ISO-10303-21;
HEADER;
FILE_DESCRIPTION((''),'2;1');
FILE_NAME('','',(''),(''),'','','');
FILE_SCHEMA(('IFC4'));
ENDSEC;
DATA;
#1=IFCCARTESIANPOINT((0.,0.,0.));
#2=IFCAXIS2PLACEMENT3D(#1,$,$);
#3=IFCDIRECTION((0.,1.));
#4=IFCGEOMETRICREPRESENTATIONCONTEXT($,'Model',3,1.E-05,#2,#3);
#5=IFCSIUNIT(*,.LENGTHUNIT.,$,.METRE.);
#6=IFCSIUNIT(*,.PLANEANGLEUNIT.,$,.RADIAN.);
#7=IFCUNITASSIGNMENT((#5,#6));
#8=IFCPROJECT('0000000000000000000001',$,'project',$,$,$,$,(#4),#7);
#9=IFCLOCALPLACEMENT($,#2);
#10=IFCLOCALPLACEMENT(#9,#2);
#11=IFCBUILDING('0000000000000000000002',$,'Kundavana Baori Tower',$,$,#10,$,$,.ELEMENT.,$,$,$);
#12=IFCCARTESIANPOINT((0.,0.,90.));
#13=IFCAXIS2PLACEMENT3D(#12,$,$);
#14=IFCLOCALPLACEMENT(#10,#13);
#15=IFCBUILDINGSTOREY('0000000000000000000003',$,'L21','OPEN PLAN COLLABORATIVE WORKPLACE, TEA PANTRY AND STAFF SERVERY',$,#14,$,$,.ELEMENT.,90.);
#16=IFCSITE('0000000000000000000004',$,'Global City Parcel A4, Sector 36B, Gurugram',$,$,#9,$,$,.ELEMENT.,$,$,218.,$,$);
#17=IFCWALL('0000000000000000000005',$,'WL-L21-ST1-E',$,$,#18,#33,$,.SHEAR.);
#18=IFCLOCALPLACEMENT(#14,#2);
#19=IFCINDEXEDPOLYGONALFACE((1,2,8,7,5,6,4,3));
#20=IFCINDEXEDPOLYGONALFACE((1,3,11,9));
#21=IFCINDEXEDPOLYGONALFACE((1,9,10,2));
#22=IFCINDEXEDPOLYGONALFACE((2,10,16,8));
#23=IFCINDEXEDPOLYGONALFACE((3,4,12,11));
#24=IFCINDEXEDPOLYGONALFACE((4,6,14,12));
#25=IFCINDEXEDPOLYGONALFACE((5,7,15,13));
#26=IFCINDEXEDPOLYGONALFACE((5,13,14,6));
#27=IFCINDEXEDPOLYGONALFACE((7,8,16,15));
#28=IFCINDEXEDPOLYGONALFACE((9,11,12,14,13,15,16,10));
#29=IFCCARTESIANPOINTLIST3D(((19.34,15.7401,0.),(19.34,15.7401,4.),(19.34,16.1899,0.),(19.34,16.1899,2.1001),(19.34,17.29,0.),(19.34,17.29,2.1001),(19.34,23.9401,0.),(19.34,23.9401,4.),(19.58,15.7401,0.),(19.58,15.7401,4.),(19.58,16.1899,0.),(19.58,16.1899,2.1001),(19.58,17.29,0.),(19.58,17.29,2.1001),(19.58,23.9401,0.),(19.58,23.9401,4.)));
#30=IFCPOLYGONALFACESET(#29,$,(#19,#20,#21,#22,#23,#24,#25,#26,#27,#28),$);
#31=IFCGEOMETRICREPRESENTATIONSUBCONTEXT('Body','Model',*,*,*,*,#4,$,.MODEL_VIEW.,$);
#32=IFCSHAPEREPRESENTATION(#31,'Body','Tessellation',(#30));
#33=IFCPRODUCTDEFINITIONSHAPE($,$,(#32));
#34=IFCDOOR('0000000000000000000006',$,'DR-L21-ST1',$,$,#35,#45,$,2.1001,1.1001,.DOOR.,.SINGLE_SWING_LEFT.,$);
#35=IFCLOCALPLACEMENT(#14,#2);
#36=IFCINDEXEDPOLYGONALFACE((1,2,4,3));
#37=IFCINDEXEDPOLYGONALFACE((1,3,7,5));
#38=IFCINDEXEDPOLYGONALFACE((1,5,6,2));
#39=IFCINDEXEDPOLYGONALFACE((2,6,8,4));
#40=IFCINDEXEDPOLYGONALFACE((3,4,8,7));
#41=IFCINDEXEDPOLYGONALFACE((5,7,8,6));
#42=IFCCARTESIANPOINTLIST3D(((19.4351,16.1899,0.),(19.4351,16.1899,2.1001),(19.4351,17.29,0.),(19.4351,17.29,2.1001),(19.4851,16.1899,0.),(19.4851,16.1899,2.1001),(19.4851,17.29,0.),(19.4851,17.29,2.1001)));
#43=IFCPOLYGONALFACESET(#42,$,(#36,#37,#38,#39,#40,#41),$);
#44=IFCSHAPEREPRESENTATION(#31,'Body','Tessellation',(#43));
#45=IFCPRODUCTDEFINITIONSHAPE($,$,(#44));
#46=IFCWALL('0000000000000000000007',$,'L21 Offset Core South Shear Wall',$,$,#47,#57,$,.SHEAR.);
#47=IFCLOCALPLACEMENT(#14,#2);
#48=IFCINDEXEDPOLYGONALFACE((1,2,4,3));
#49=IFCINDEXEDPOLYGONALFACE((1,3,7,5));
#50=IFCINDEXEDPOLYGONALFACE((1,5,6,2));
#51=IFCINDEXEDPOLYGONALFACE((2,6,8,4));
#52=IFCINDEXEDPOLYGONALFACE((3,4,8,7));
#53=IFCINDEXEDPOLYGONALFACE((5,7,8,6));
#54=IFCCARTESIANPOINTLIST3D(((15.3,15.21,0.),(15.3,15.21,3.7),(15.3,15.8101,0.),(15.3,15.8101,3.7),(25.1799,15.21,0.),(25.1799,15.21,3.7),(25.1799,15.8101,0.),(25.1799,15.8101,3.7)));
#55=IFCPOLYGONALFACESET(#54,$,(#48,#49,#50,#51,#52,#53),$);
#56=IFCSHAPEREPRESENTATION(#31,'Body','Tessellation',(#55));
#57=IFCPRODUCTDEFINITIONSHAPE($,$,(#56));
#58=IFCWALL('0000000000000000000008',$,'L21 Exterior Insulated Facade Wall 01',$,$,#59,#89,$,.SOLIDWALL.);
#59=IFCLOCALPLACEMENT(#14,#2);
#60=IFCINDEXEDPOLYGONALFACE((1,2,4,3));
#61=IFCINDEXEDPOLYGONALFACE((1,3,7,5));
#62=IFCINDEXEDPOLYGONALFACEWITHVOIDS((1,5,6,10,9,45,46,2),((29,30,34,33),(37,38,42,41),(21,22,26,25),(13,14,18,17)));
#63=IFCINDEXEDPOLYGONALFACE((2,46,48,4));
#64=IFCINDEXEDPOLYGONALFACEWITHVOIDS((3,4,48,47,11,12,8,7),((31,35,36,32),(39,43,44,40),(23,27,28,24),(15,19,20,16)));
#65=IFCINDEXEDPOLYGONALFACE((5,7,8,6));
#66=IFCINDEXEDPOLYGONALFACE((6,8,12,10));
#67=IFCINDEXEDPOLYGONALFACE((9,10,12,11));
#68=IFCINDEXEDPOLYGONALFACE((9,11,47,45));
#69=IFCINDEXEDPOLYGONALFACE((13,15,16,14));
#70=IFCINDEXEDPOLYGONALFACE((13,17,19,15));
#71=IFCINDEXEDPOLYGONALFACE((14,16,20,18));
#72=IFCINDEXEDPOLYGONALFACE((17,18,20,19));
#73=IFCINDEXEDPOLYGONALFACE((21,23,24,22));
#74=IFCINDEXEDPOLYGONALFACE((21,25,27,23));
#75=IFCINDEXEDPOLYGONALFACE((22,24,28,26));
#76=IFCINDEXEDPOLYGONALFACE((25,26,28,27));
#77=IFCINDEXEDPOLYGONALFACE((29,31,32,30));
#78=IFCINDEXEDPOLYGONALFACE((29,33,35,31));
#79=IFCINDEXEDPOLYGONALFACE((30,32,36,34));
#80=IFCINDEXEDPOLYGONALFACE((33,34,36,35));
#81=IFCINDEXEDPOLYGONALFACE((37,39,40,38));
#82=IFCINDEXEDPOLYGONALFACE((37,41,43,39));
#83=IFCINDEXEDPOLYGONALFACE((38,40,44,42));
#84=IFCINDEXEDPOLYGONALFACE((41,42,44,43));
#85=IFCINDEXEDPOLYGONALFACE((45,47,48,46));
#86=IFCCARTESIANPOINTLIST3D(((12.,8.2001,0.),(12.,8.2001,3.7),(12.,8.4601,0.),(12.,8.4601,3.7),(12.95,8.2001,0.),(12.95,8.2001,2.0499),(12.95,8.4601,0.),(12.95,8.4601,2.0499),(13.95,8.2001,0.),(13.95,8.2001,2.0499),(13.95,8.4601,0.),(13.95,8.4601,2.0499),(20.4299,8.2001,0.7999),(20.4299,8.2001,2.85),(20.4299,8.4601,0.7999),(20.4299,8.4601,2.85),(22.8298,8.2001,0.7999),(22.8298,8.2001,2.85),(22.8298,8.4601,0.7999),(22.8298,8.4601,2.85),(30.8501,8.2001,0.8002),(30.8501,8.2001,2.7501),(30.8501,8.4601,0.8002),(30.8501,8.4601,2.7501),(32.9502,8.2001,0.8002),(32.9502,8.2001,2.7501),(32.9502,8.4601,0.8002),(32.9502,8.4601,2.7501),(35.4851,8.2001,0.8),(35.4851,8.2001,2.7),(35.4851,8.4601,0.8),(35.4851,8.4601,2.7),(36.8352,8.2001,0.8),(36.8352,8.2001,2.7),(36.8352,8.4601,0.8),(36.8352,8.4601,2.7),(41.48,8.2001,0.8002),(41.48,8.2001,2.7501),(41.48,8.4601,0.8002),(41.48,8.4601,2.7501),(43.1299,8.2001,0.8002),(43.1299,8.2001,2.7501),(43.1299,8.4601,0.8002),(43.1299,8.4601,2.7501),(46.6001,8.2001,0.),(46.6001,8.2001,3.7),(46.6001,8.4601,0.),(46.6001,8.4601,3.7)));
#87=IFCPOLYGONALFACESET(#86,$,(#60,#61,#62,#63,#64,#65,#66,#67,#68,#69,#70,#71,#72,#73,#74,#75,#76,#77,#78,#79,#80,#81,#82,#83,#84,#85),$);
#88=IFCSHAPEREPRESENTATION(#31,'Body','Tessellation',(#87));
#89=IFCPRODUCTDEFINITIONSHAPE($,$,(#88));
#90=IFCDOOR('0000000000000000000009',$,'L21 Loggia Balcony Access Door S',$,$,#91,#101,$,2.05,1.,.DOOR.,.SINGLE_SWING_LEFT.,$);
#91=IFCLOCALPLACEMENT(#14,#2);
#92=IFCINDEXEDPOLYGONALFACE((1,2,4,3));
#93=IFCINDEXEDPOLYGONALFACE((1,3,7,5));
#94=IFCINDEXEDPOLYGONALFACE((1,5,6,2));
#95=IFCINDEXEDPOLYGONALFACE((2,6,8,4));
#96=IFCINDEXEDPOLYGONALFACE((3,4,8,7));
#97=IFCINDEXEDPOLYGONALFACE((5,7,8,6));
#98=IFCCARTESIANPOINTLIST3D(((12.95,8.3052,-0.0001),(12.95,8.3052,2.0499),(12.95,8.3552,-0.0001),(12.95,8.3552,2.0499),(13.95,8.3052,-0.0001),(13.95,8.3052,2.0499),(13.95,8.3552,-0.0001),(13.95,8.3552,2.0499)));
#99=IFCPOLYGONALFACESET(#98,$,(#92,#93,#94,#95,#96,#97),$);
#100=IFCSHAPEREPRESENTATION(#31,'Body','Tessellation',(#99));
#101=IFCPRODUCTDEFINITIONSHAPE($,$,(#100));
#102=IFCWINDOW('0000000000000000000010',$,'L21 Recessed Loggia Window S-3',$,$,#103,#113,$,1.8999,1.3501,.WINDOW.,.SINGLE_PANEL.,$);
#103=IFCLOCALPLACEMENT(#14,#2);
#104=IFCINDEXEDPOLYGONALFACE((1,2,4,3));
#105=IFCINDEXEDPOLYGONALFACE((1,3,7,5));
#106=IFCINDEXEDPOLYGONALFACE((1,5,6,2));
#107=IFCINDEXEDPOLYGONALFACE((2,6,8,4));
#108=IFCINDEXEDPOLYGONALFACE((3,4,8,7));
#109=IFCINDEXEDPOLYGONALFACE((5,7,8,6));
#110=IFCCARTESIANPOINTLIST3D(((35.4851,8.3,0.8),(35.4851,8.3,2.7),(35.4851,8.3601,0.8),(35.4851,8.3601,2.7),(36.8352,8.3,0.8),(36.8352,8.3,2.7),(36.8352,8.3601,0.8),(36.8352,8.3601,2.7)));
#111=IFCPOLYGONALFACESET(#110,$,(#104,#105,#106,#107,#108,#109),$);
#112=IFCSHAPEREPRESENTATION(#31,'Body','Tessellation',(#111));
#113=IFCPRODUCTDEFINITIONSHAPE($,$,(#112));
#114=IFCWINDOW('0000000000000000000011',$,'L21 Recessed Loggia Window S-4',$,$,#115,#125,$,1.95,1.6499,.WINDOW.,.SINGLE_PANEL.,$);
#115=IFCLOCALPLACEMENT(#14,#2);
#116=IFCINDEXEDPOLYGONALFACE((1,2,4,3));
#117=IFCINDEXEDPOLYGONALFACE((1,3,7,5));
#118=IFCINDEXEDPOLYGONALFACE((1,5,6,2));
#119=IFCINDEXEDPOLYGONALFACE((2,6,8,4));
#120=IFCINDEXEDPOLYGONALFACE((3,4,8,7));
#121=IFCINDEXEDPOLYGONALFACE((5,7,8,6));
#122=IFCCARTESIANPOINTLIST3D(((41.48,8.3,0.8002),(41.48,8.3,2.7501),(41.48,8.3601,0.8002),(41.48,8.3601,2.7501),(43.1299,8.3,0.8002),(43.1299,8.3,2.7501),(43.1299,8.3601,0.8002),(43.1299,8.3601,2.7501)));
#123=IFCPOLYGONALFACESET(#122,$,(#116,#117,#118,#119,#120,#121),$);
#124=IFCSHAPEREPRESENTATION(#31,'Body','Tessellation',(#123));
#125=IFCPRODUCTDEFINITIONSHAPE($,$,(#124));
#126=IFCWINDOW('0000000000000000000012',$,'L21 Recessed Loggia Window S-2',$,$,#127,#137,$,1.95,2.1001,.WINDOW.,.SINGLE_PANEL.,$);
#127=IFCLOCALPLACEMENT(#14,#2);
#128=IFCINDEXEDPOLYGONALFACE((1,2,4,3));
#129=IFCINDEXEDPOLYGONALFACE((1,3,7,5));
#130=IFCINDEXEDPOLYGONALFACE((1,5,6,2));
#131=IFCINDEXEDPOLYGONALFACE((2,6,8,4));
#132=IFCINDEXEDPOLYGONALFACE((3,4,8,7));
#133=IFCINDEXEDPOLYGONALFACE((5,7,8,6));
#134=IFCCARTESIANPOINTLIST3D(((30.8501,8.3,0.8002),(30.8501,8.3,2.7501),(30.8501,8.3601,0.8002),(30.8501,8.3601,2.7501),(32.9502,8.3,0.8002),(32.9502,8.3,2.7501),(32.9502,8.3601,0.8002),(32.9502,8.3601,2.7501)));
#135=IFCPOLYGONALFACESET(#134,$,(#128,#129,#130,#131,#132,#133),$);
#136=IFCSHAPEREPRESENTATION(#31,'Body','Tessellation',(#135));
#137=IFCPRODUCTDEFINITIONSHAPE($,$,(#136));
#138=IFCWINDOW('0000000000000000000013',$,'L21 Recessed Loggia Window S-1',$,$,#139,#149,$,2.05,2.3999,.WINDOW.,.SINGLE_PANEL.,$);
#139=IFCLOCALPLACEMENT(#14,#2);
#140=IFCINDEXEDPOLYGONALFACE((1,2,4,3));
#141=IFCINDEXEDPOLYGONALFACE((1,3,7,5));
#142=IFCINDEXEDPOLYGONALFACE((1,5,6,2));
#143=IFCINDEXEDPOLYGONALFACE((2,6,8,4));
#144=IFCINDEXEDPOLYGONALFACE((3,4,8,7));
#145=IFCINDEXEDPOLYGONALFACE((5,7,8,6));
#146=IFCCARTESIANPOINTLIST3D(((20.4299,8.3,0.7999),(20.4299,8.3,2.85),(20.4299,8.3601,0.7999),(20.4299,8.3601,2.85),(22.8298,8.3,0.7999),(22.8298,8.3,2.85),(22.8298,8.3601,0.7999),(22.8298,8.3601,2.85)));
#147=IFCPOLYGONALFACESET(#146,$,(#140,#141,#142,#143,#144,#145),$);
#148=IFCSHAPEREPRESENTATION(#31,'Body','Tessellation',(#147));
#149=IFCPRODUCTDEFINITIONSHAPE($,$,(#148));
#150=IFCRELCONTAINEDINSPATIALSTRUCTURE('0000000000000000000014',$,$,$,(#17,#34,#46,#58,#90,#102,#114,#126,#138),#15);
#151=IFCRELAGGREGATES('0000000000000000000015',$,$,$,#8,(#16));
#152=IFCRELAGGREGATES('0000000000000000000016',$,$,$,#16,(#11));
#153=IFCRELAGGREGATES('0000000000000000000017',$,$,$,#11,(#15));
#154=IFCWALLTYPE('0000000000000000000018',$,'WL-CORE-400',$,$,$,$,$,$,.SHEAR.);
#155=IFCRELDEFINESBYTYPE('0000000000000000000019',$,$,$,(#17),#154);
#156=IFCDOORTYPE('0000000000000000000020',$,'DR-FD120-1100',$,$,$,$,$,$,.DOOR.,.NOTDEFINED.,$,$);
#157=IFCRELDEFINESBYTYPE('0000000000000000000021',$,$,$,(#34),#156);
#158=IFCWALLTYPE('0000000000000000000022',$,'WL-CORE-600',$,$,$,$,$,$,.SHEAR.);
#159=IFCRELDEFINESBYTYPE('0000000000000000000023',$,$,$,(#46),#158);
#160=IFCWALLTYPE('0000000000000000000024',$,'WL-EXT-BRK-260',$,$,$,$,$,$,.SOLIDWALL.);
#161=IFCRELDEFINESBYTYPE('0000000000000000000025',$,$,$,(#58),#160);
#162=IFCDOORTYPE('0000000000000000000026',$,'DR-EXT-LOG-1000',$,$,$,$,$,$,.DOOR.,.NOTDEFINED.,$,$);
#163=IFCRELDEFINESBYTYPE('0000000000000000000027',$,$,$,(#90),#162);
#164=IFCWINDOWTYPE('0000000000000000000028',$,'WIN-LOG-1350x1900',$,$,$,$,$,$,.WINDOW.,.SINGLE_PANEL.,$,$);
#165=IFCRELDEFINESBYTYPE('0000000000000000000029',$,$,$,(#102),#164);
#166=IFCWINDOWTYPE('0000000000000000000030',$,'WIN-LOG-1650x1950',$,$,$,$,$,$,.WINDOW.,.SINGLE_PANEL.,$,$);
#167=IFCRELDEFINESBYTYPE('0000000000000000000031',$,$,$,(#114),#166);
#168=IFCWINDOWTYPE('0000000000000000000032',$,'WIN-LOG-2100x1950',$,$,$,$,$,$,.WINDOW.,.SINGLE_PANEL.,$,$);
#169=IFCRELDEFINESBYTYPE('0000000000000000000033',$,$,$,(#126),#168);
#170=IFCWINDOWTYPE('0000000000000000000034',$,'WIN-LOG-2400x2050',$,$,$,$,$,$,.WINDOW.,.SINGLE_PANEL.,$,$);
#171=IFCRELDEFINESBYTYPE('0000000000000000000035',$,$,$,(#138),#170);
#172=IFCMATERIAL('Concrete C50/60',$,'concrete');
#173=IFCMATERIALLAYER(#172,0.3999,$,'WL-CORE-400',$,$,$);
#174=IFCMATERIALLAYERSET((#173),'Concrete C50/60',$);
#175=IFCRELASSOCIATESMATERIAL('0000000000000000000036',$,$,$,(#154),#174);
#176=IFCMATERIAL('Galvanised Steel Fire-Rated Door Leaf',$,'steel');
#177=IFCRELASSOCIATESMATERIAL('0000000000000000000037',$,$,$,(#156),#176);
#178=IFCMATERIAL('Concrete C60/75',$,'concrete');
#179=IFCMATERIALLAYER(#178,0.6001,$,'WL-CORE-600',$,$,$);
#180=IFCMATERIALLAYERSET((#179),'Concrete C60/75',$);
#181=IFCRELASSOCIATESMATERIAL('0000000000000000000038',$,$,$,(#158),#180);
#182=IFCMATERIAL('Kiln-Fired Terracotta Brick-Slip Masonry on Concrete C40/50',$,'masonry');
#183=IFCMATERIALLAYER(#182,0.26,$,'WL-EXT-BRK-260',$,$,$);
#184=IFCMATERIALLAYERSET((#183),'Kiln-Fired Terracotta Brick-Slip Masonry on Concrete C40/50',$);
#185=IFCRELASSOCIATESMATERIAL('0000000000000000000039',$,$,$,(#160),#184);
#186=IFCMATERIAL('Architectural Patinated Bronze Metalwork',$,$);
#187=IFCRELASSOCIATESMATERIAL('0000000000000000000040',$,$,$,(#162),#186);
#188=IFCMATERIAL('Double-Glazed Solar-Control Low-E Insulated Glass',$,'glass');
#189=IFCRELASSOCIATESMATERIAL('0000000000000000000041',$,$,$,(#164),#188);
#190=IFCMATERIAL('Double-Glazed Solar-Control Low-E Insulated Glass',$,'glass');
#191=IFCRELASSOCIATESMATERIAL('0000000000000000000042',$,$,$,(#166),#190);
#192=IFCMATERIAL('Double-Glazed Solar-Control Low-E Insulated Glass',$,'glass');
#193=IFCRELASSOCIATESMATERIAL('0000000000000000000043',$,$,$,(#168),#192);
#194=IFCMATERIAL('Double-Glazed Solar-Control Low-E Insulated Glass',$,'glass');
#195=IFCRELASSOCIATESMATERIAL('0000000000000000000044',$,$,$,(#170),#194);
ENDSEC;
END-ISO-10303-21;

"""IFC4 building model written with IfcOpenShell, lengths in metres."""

from ifc_helpers import new_model, si_unit, direction, frame, frame_2d, origin, place, context, subcontext, project, spatial, rectangle, extrude, material, layer, layer_set, type_object, element, fill, save


model = new_model("IFC4")

# Units and contexts
model_context = context("Model", 3, precision=1e-05, world=origin(), true_north=direction((0.0, 1.0)))
body_context = subcontext(model_context, "Body", "Model", "MODEL_VIEW")
ifc_project = project(units=[si_unit("LENGTHUNIT", "METRE"), si_unit("PLANEANGLEUNIT", "RADIAN")], contexts=[model_context])

# Site, building, storey
site_placement = place(None, origin())
site = spatial("IfcSite", under=ifc_project, at=site_placement, Name="Global City Parcel A4, Sector 36B, Gurugram", CompositionType="ELEMENT", RefElevation=218.0)
building_placement = place(site_placement, origin())
building = spatial("IfcBuilding", under=site, at=building_placement, Name="Kundavana Baori Tower", CompositionType="ELEMENT")
storey_placement = place(building_placement, frame((0.0, 0.0, 90.0)))
storey = spatial("IfcBuildingStorey", under=building, at=storey_placement, Name="L21", Description="OPEN PLAN COLLABORATIVE WORKPLACE, TEA PANTRY AND STAFF SERVERY", CompositionType="ELEMENT", Elevation=90.0)

# Wall, opening, door
ifc_material_1 = material(Name="Concrete C50/60", Category="concrete")
ifc_layer_1 = layer(ifc_material_1, 0.3999, Name="WL-CORE-400")
ifc_layer_set_1 = layer_set([ifc_layer_1], Name="Concrete C50/60")
wall_type_1 = type_object("IfcWallType", Name="WL-CORE-400", PredefinedType="SHEAR", material=ifc_layer_set_1)
wall_1_placement = place(storey_placement, frame((19.46, 15.74, 0.0), z_axis=(0.0, 0.0, 1.0), x_axis=(0.0, 1.0, 0.0)))
wall_1 = element("IfcWall", 1, at=wall_1_placement, inside=storey, type_object=wall_type_1, Name="WL-L21-ST1-E", PredefinedType="SHEAR", context=body_context, shape_type="SweptSolid", body=[
    extrude(rectangle(XDim=8.2, YDim=0.24, at=frame_2d((4.1001, 0.0))), origin(), (0.0, 0.0, 1.0), 4.0),
])
opening_1_placement = place(wall_1_placement, frame((0.45, 0.0, 0.0)))
opening_1 = element("IfcOpeningElement", 2, at=opening_1_placement, cuts=wall_1, PredefinedType="OPENING", context=body_context, shape_type="SweptSolid", body=[
    extrude(rectangle(XDim=1.1001, YDim=2.1001, at=frame_2d((0.55, 1.05))), frame((0.0, 0.1299, 0.0), z_axis=(0.0, -1.0, 0.0), x_axis=(1.0, 0.0, 0.0)), (0.0, 0.0, 1.0), 0.26),
])
ifc_material_2 = material(Name="Galvanised Steel Fire-Rated Door Leaf", Category="steel")
door_type_1 = type_object("IfcDoorType", Name="DR-FD120-1100", OperationType="NOTDEFINED", PredefinedType="DOOR", material=ifc_material_2)
door_1_placement = place(opening_1_placement, origin())
door_1 = element("IfcDoor", 3, at=door_1_placement, inside=storey, type_object=door_type_1, Name="DR-L21-ST1", OperationType="SINGLE_SWING_LEFT", OverallHeight=2.1001, OverallWidth=1.1001, PredefinedType="DOOR", context=body_context, shape_type="SweptSolid", body=[
    extrude(rectangle(XDim=1.1001, YDim=2.1001, at=frame_2d((0.55, 1.05))), frame((0.0, 0.0249, 0.0), z_axis=(0.0, -1.0, 0.0), x_axis=(1.0, 0.0, 0.0)), (0.0, 0.0, 1.0), 0.05),
])
fill(opening_1, door_1)

# Wall
ifc_material_3 = material(Name="Concrete C60/75", Category="concrete")
ifc_layer_2 = layer(ifc_material_3, 0.6001, Name="WL-CORE-600")
ifc_layer_set_2 = layer_set([ifc_layer_2], Name="Concrete C60/75")
wall_type_2 = type_object("IfcWallType", Name="WL-CORE-600", PredefinedType="SHEAR", material=ifc_layer_set_2)
wall_2_placement = place(storey_placement, frame((15.3, 15.51, 0.0), z_axis=(0.0, 0.0, 1.0), x_axis=(1.0, 0.0, 0.0)))
element("IfcWall", 4, at=wall_2_placement, inside=storey, type_object=wall_type_2, Name="L21 Offset Core South Shear Wall", PredefinedType="SHEAR", context=body_context, shape_type="SweptSolid", body=[
    extrude(rectangle(XDim=9.8799, YDim=0.6001, at=frame_2d((4.9399, 0.0))), origin(), (0.0, 0.0, 1.0), 3.7),
])

# Wall, openings, door, windows
ifc_material_4 = material(Name="Kiln-Fired Terracotta Brick-Slip Masonry on Concrete C40/50", Category="masonry")
ifc_layer_3 = layer(ifc_material_4, 0.26, Name="WL-EXT-BRK-260")
ifc_layer_set_3 = layer_set([ifc_layer_3], Name="Kiln-Fired Terracotta Brick-Slip Masonry on Concrete C40/50")
wall_type_3 = type_object("IfcWallType", Name="WL-EXT-BRK-260", PredefinedType="SOLIDWALL", material=ifc_layer_set_3)
wall_3_placement = place(storey_placement, frame((12.0, 8.3301, 0.0), z_axis=(0.0, 0.0, 1.0), x_axis=(1.0, 0.0, 0.0)))
wall_3 = element("IfcWall", 5, at=wall_3_placement, inside=storey, type_object=wall_type_3, Name="L21 Exterior Insulated Facade Wall 01", PredefinedType="SOLIDWALL", context=body_context, shape_type="SweptSolid", body=[
    extrude(rectangle(XDim=34.6001, YDim=0.26, at=frame_2d((17.3, 0.0))), origin(), (0.0, 0.0, 1.0), 3.7),
])
opening_2_placement = place(wall_3_placement, frame((0.95, 0.0, 0.0)))
opening_2 = element("IfcOpeningElement", 6, at=opening_2_placement, cuts=wall_3, PredefinedType="OPENING", context=body_context, shape_type="SweptSolid", body=[
    extrude(rectangle(XDim=1.0, YDim=2.05, at=frame_2d((0.5, 1.0249))), frame((0.0, 0.1401, 0.0), z_axis=(0.0, -1.0, 0.0), x_axis=(1.0, 0.0, 0.0)), (0.0, 0.0, 1.0), 0.28),
])
opening_3_placement = place(wall_3_placement, frame((8.4299, 0.0, 0.8)))
opening_3 = element("IfcOpeningElement", 7, at=opening_3_placement, cuts=wall_3, PredefinedType="OPENING", context=body_context, shape_type="SweptSolid", body=[
    extrude(rectangle(XDim=2.3999, YDim=2.05, at=frame_2d((1.2, 1.0249))), frame((0.0, 0.1401, 0.0), z_axis=(0.0, -1.0, 0.0), x_axis=(1.0, 0.0, 0.0)), (0.0, 0.0, 1.0), 0.28),
])
opening_4_placement = place(wall_3_placement, frame((18.8501, 0.0, 0.8)))
opening_4 = element("IfcOpeningElement", 8, at=opening_4_placement, cuts=wall_3, PredefinedType="OPENING", context=body_context, shape_type="SweptSolid", body=[
    extrude(rectangle(XDim=2.1001, YDim=1.95, at=frame_2d((1.05, 0.9751))), frame((0.0, 0.1401, 0.0), z_axis=(0.0, -1.0, 0.0), x_axis=(1.0, 0.0, 0.0)), (0.0, 0.0, 1.0), 0.28),
])
opening_5_placement = place(wall_3_placement, frame((23.4851, 0.0, 0.8)))
opening_5 = element("IfcOpeningElement", 9, at=opening_5_placement, cuts=wall_3, PredefinedType="OPENING", context=body_context, shape_type="SweptSolid", body=[
    extrude(rectangle(XDim=1.3501, YDim=1.8999, at=frame_2d((0.675, 0.95))), frame((0.0, 0.1401, 0.0), z_axis=(0.0, -1.0, 0.0), x_axis=(1.0, 0.0, 0.0)), (0.0, 0.0, 1.0), 0.28),
])
opening_6_placement = place(wall_3_placement, frame((29.48, 0.0, 0.8)))
opening_6 = element("IfcOpeningElement", 10, at=opening_6_placement, cuts=wall_3, PredefinedType="OPENING", context=body_context, shape_type="SweptSolid", body=[
    extrude(rectangle(XDim=1.6499, YDim=1.95, at=frame_2d((0.825, 0.9751))), frame((0.0, 0.1401, 0.0), z_axis=(0.0, -1.0, 0.0), x_axis=(1.0, 0.0, 0.0)), (0.0, 0.0, 1.0), 0.28),
])
ifc_material_5 = material(Name="Architectural Patinated Bronze Metalwork")
door_type_2 = type_object("IfcDoorType", Name="DR-EXT-LOG-1000", OperationType="NOTDEFINED", PredefinedType="DOOR", material=ifc_material_5)
door_2_placement = place(opening_2_placement, frame((1.0, 0.0, 0.0), z_axis=(0.0, 0.0, 1.0), x_axis=(-1.0, 0.0, 0.0)))
door_2 = element("IfcDoor", 11, at=door_2_placement, inside=storey, type_object=door_type_2, Name="L21 Loggia Balcony Access Door S", OperationType="SINGLE_SWING_LEFT", OverallHeight=2.05, OverallWidth=1.0, PredefinedType="DOOR", context=body_context, shape_type="SweptSolid", body=[
    extrude(rectangle(XDim=1.0, YDim=2.05, at=frame_2d((0.5, 1.0249))), frame((0.0, 0.0249, 0.0), z_axis=(0.0, -1.0, 0.0), x_axis=(1.0, 0.0, 0.0)), (0.0, 0.0, 1.0), 0.05),
])
fill(opening_2, door_2)
ifc_material_6 = material(Name="Double-Glazed Solar-Control Low-E Insulated Glass", Category="glass")
window_type_1 = type_object("IfcWindowType", Name="WIN-LOG-1350x1900", PartitioningType="SINGLE_PANEL", PredefinedType="WINDOW", material=ifc_material_6)
window_1_placement = place(opening_5_placement, origin())
window_1 = element("IfcWindow", 12, at=window_1_placement, inside=storey, type_object=window_type_1, Name="L21 Recessed Loggia Window S-3", OverallHeight=1.8999, OverallWidth=1.3501, PartitioningType="SINGLE_PANEL", PredefinedType="WINDOW", context=body_context, shape_type="SweptSolid", body=[
    extrude(rectangle(XDim=1.3501, YDim=1.8999, at=frame_2d((0.675, 0.95))), frame((0.0, 0.03, 0.0), z_axis=(0.0, -1.0, 0.0), x_axis=(1.0, 0.0, 0.0)), (0.0, 0.0, 1.0), 0.0601),
])
fill(opening_5, window_1)
ifc_material_7 = material(Name="Double-Glazed Solar-Control Low-E Insulated Glass", Category="glass")
window_type_2 = type_object("IfcWindowType", Name="WIN-LOG-1650x1950", PartitioningType="SINGLE_PANEL", PredefinedType="WINDOW", material=ifc_material_7)
window_2_placement = place(opening_6_placement, origin())
window_2 = element("IfcWindow", 13, at=window_2_placement, inside=storey, type_object=window_type_2, Name="L21 Recessed Loggia Window S-4", OverallHeight=1.95, OverallWidth=1.6499, PartitioningType="SINGLE_PANEL", PredefinedType="WINDOW", context=body_context, shape_type="SweptSolid", body=[
    extrude(rectangle(XDim=1.6499, YDim=1.95, at=frame_2d((0.825, 0.9751))), frame((0.0, 0.03, 0.0), z_axis=(0.0, -1.0, 0.0), x_axis=(1.0, 0.0, 0.0)), (0.0, 0.0, 1.0), 0.0601),
])
fill(opening_6, window_2)
ifc_material_8 = material(Name="Double-Glazed Solar-Control Low-E Insulated Glass", Category="glass")
window_type_3 = type_object("IfcWindowType", Name="WIN-LOG-2100x1950", PartitioningType="SINGLE_PANEL", PredefinedType="WINDOW", material=ifc_material_8)
window_3_placement = place(opening_4_placement, origin())
window_3 = element("IfcWindow", 14, at=window_3_placement, inside=storey, type_object=window_type_3, Name="L21 Recessed Loggia Window S-2", OverallHeight=1.95, OverallWidth=2.1001, PartitioningType="SINGLE_PANEL", PredefinedType="WINDOW", context=body_context, shape_type="SweptSolid", body=[
    extrude(rectangle(XDim=2.1001, YDim=1.95, at=frame_2d((1.05, 0.9751))), frame((0.0, 0.03, 0.0), z_axis=(0.0, -1.0, 0.0), x_axis=(1.0, 0.0, 0.0)), (0.0, 0.0, 1.0), 0.0601),
])
fill(opening_4, window_3)
ifc_material_9 = material(Name="Double-Glazed Solar-Control Low-E Insulated Glass", Category="glass")
window_type_4 = type_object("IfcWindowType", Name="WIN-LOG-2400x2050", PartitioningType="SINGLE_PANEL", PredefinedType="WINDOW", material=ifc_material_9)
window_4_placement = place(opening_3_placement, origin())
window_4 = element("IfcWindow", 15, at=window_4_placement, inside=storey, type_object=window_type_4, Name="L21 Recessed Loggia Window S-1", OverallHeight=2.05, OverallWidth=2.3999, PartitioningType="SINGLE_PANEL", PredefinedType="WINDOW", context=body_context, shape_type="SweptSolid", body=[
    extrude(rectangle(XDim=2.3999, YDim=2.05, at=frame_2d((1.2, 1.0249))), frame((0.0, 0.03, 0.0), z_axis=(0.0, -1.0, 0.0), x_axis=(1.0, 0.0, 0.0)), (0.0, 0.0, 1.0), 0.0601),
])
fill(opening_3, window_4)

save(model, "model.ifc")
